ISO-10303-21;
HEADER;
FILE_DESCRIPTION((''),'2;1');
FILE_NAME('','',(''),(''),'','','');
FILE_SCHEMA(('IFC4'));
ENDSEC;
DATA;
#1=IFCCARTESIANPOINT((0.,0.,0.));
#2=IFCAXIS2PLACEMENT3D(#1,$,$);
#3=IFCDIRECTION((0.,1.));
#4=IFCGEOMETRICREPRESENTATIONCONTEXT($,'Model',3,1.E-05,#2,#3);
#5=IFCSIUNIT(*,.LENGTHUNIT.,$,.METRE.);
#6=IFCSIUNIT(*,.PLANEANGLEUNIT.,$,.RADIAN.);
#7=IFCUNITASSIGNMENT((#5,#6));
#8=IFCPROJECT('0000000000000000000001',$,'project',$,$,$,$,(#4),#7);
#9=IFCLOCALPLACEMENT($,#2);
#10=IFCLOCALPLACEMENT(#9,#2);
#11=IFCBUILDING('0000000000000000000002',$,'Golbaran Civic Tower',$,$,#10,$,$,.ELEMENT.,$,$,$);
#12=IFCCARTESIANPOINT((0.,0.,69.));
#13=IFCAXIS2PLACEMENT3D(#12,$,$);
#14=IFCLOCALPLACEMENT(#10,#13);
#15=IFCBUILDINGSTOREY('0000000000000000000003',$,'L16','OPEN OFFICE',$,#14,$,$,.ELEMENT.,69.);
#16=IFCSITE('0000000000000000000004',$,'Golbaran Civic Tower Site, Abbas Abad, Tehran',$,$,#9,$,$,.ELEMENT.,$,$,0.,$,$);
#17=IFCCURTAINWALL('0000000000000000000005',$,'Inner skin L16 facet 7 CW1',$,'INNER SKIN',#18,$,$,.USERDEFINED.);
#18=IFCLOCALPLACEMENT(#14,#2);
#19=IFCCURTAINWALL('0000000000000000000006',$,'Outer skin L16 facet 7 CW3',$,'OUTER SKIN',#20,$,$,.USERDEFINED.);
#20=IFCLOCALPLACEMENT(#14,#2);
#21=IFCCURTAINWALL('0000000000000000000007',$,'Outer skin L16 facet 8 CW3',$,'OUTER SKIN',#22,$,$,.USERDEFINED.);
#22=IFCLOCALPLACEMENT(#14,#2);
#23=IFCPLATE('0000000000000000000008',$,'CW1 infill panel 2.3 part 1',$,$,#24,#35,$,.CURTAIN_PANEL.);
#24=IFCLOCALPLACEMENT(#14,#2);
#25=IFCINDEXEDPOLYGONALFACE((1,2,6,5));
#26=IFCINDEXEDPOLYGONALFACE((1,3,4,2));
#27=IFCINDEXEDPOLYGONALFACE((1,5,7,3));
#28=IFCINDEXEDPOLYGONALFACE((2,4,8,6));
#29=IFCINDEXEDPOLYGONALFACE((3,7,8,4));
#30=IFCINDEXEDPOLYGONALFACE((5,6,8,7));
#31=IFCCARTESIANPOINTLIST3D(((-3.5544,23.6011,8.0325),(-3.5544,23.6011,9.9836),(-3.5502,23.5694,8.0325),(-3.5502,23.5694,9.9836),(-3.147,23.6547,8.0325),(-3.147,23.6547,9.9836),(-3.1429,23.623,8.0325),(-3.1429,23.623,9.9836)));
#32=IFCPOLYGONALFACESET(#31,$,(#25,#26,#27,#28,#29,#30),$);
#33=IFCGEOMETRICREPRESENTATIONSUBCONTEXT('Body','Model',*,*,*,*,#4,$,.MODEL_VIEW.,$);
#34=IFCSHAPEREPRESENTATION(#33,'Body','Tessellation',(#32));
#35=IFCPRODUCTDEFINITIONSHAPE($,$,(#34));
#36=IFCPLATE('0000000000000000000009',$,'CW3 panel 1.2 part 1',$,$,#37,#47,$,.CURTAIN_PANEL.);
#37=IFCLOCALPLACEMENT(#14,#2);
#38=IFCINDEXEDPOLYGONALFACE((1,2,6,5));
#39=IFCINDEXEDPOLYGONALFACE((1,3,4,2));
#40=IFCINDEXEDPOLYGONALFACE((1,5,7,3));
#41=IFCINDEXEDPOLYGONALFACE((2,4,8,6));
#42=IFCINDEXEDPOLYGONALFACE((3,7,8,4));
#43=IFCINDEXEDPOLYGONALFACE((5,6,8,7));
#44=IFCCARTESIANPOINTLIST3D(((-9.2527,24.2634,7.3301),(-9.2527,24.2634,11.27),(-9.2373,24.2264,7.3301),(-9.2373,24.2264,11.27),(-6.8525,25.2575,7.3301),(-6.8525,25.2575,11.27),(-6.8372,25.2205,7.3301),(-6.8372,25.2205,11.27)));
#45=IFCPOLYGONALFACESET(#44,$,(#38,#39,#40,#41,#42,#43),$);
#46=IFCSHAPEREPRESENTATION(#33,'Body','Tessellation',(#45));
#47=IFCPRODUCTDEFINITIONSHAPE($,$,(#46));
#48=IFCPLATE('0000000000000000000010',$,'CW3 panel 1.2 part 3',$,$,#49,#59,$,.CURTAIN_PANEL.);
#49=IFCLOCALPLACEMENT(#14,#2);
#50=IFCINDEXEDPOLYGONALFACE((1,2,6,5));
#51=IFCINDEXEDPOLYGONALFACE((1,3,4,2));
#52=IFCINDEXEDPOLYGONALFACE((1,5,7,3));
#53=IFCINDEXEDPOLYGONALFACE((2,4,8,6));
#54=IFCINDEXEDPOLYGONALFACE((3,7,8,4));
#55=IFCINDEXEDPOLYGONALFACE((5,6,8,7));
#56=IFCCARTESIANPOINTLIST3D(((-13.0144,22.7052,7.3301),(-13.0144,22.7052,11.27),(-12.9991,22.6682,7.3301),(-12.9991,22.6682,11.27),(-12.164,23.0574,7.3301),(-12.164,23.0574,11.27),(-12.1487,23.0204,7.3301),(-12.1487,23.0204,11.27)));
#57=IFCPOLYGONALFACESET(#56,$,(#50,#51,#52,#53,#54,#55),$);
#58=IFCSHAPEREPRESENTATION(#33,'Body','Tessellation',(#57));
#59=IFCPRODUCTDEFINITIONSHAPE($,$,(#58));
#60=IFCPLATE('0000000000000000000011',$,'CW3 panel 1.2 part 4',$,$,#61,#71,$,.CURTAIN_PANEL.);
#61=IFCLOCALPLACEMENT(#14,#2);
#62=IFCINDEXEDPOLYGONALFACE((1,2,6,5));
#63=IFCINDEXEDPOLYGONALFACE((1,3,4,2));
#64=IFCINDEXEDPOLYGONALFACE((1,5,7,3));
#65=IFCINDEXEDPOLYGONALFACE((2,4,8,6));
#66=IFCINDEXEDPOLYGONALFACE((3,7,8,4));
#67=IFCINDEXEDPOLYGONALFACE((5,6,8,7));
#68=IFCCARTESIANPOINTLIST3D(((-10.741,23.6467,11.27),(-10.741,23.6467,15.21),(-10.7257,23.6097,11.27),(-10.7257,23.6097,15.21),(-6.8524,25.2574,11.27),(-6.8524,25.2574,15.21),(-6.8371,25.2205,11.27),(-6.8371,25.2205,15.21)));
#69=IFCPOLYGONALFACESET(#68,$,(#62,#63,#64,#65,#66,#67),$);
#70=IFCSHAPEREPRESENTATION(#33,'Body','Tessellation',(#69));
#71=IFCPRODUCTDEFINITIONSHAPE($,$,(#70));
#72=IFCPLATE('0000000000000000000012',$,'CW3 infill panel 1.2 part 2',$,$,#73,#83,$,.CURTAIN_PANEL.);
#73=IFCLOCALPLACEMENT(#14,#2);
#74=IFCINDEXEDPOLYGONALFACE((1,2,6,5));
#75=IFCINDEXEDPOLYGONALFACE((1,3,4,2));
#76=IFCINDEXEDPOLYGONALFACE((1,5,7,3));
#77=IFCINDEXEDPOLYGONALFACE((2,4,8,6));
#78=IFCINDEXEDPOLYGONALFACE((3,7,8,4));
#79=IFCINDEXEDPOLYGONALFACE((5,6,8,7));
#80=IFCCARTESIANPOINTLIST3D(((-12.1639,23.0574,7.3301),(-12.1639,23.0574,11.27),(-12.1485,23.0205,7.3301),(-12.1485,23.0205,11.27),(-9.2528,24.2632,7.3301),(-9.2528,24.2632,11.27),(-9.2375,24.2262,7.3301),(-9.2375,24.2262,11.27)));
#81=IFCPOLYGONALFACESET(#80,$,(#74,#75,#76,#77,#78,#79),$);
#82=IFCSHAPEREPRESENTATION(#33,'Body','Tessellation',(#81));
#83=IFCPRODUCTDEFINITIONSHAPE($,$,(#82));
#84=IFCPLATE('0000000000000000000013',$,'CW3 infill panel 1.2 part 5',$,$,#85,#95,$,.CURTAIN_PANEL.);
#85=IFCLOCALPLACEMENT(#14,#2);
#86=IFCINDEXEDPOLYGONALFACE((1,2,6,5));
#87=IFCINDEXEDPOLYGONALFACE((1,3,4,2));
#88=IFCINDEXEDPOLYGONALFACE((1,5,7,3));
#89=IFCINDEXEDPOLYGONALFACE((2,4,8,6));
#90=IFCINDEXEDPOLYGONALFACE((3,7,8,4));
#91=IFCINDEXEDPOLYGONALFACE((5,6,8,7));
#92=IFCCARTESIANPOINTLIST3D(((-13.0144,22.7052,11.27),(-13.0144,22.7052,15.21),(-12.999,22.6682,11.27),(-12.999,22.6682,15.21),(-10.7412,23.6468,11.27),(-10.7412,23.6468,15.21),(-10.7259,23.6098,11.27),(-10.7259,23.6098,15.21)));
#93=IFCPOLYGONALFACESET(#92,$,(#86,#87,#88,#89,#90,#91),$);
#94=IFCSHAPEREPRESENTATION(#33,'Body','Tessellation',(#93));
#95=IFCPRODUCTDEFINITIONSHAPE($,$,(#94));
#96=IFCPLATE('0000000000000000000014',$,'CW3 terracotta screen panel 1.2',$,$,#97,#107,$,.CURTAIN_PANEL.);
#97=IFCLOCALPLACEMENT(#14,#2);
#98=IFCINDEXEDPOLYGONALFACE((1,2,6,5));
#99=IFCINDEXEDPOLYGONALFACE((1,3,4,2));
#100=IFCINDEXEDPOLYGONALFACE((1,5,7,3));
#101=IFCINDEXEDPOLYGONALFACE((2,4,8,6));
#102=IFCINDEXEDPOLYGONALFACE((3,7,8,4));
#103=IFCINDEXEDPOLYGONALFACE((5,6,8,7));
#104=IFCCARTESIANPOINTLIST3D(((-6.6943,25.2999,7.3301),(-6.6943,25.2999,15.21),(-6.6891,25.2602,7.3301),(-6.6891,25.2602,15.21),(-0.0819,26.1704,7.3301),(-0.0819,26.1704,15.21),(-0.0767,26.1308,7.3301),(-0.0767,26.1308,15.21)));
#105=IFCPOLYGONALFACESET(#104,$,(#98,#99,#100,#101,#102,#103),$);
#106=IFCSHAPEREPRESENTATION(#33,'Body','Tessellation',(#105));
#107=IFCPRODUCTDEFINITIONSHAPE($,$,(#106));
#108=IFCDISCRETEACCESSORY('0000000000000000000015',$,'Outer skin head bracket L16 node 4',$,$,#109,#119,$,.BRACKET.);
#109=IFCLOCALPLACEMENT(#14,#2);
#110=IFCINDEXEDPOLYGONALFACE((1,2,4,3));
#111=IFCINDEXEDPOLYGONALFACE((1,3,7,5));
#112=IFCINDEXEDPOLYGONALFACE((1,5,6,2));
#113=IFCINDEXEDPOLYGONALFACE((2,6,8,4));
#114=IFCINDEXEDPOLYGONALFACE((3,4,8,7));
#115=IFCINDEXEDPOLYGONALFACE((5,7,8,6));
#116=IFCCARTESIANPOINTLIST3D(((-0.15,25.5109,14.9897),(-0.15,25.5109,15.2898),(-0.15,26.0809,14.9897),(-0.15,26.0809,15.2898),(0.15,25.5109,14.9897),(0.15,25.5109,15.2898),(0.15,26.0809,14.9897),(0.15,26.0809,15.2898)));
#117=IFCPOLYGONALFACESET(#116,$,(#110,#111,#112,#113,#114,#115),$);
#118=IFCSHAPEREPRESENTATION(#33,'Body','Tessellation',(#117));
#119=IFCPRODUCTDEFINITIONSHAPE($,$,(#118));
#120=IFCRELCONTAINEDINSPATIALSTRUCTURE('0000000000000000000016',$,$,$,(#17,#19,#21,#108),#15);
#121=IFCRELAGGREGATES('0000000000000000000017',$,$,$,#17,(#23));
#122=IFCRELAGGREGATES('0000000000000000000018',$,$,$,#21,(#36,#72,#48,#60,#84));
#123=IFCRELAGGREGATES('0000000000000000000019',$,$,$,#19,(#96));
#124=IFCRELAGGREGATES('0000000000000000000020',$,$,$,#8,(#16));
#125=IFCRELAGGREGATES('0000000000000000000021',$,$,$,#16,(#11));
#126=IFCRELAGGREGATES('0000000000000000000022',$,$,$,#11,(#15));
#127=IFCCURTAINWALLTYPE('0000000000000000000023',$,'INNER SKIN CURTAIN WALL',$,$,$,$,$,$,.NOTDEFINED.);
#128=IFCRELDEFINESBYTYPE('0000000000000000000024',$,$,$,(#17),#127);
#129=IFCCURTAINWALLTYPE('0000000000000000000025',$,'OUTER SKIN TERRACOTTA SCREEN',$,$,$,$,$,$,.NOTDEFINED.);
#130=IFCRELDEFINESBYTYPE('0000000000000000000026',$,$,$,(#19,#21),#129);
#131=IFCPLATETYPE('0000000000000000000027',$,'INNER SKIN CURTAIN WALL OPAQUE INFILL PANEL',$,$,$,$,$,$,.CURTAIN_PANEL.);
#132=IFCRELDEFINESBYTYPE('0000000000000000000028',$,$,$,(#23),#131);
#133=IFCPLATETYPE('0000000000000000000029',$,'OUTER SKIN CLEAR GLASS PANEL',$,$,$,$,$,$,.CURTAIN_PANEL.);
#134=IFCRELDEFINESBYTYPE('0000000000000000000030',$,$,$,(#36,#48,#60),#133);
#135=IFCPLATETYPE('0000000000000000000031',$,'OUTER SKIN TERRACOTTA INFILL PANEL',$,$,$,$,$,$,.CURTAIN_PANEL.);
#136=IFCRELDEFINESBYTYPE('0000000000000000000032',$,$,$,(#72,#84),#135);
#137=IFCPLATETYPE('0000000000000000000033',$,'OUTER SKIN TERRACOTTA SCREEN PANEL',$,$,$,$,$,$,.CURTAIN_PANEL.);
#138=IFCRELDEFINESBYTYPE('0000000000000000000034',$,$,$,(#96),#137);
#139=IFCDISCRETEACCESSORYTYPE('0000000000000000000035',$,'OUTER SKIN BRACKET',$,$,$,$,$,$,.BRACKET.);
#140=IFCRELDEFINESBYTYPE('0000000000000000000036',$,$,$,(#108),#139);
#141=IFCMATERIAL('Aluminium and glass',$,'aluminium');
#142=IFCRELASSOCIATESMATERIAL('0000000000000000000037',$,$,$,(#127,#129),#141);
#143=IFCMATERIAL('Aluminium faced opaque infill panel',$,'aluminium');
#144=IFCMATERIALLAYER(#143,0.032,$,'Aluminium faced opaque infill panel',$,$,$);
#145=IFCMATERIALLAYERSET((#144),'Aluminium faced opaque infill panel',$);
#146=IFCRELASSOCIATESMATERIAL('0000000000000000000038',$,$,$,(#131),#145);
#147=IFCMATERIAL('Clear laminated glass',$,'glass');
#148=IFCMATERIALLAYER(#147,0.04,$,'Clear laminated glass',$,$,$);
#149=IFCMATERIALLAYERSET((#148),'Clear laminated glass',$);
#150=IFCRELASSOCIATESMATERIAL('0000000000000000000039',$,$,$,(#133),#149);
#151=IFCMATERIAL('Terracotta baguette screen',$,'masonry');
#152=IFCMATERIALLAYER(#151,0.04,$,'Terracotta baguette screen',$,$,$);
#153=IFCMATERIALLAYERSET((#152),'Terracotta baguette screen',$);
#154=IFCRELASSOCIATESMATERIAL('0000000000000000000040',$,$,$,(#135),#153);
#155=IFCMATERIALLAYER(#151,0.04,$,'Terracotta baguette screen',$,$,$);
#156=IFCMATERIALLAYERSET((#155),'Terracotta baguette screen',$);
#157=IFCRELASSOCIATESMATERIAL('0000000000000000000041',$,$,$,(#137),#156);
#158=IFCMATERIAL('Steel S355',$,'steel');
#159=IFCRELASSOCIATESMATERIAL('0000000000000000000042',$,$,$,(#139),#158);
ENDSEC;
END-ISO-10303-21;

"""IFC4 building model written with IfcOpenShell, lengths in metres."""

from ifc_helpers import new_model, si_unit, direction, frame, origin, origin_2d, place, context, subcontext, project, spatial, rectangle, extrude, material, layer, layer_set, type_object, element, aggregate, save


model = new_model("IFC4")

# Units and contexts
model_context = context("Model", 3, precision=1e-05, world=origin(), true_north=direction((0.0, 1.0)))
body_context = subcontext(model_context, "Body", "Model", "MODEL_VIEW")
ifc_project = project(units=[si_unit("LENGTHUNIT", "METRE"), si_unit("PLANEANGLEUNIT", "RADIAN")], contexts=[model_context])

# Site, building, storey
site_placement = place(None, origin())
site = spatial("IfcSite", under=ifc_project, at=site_placement, Name="Golbaran Civic Tower Site, Abbas Abad, Tehran", CompositionType="ELEMENT", RefElevation=0.0)
building_placement = place(site_placement, origin())
building = spatial("IfcBuilding", under=site, at=building_placement, Name="Golbaran Civic Tower", CompositionType="ELEMENT")
storey_placement = place(building_placement, frame((0.0, 0.0, 69.0)))
storey = spatial("IfcBuildingStorey", under=building, at=storey_placement, Name="L16", Description="OPEN OFFICE", CompositionType="ELEMENT", Elevation=69.0)

# Curtain walls
ifc_material_1 = material(Name="Aluminium and glass", Category="aluminium")
curtain_wall_type_1 = type_object("IfcCurtainWallType", Name="INNER SKIN CURTAIN WALL", PredefinedType="NOTDEFINED", material=ifc_material_1)
curtain_wall_1_placement = place(storey_placement, origin())
curtain_wall_1 = element("IfcCurtainWall", 1, at=curtain_wall_1_placement, inside=storey, type_object=curtain_wall_type_1, Name="Inner skin L16 facet 7 CW1", ObjectType="INNER SKIN", PredefinedType="USERDEFINED")
curtain_wall_type_2 = type_object("IfcCurtainWallType", Name="OUTER SKIN TERRACOTTA SCREEN", PredefinedType="NOTDEFINED", material=ifc_material_1)
curtain_wall_2_placement = place(storey_placement, origin())
curtain_wall_2 = element("IfcCurtainWall", 2, at=curtain_wall_2_placement, inside=storey, type_object=curtain_wall_type_2, Name="Outer skin L16 facet 7 CW3", ObjectType="OUTER SKIN", PredefinedType="USERDEFINED")
curtain_wall_3_placement = place(storey_placement, origin())
curtain_wall_3 = element("IfcCurtainWall", 3, at=curtain_wall_3_placement, inside=storey, type_object=curtain_wall_type_2, Name="Outer skin L16 facet 8 CW3", ObjectType="OUTER SKIN", PredefinedType="USERDEFINED")

# Plates
ifc_material_2 = material(Name="Aluminium faced opaque infill panel", Category="aluminium")
ifc_layer_1 = layer(ifc_material_2, 0.032, Name="Aluminium faced opaque infill panel")
ifc_layer_set_1 = layer_set([ifc_layer_1], Name="Aluminium faced opaque infill panel")
plate_type_1 = type_object("IfcPlateType", Name="INNER SKIN CURTAIN WALL OPAQUE INFILL PANEL", PredefinedType="CURTAIN_PANEL", material=ifc_layer_set_1)
plate_1_placement = place(storey_placement, frame((-3.3486, 23.6121, 8.0325), z_axis=(0.0, 0.0, 1.0), x_axis=(-0.991445, -0.130526, 0.0)))
plate_1 = element("IfcPlate", 4, at=plate_1_placement, type_object=plate_type_1, Name="CW1 infill panel 2.3 part 1", PredefinedType="CURTAIN_PANEL", context=body_context, shape_type="SweptSolid", body=[
    extrude(rectangle(XDim=0.4109, YDim=0.032, at=origin_2d()), origin(), (0.0, 0.0, 1.0), 1.9512),
])
aggregate(curtain_wall_1, [plate_1])
ifc_material_3 = material(Name="Clear laminated glass", Category="glass")
ifc_layer_2 = layer(ifc_material_3, 0.04, Name="Clear laminated glass")
ifc_layer_set_2 = layer_set([ifc_layer_2], Name="Clear laminated glass")
plate_type_2 = type_object("IfcPlateType", Name="OUTER SKIN CLEAR GLASS PANEL", PredefinedType="CURTAIN_PANEL", material=ifc_layer_set_2)
plate_2_placement = place(storey_placement, frame((-8.0449, 24.7419, 7.3301), z_axis=(0.0, 0.0, 1.0), x_axis=(-0.92388, -0.382683, 0.0)))
plate_2 = element("IfcPlate", 5, at=plate_2_placement, type_object=plate_type_2, Name="CW3 panel 1.2 part 1", PredefinedType="CURTAIN_PANEL", context=body_context, shape_type="SweptSolid", body=[
    extrude(rectangle(XDim=2.5979, YDim=0.04, at=origin_2d()), origin(), (0.0, 0.0, 1.0), 3.9399),
])
plate_3_placement = place(storey_placement, frame((-12.5815, 22.8628, 7.3301), z_axis=(0.0, 0.0, 1.0), x_axis=(-0.92388, -0.382683, 0.0)))
plate_3 = element("IfcPlate", 6, at=plate_3_placement, type_object=plate_type_2, Name="CW3 panel 1.2 part 3", PredefinedType="CURTAIN_PANEL", context=body_context, shape_type="SweptSolid", body=[
    extrude(rectangle(XDim=0.9204, YDim=0.04, at=origin_2d()), origin(), (0.0, 0.0, 1.0), 3.9399),
])
plate_4_placement = place(storey_placement, frame((-8.7891, 24.4336, 11.27), z_axis=(0.0, 0.0, 1.0), x_axis=(-0.92388, -0.382683, 0.0)))
plate_4 = element("IfcPlate", 7, at=plate_4_placement, type_object=plate_type_2, Name="CW3 panel 1.2 part 4", PredefinedType="CURTAIN_PANEL", context=body_context, shape_type="SweptSolid", body=[
    extrude(rectangle(XDim=4.209, YDim=0.04, at=origin_2d()), origin(), (0.0, 0.0, 1.0), 3.9399),
])
ifc_material_4 = material(Name="Terracotta baguette screen", Category="masonry")
ifc_layer_3 = layer(ifc_material_4, 0.04, Name="Terracotta baguette screen")
ifc_layer_set_3 = layer_set([ifc_layer_3], Name="Terracotta baguette screen")
plate_type_3 = type_object("IfcPlateType", Name="OUTER SKIN TERRACOTTA INFILL PANEL", PredefinedType="CURTAIN_PANEL", material=ifc_layer_set_3)
plate_5_placement = place(storey_placement, frame((-10.7007, 23.6418, 7.3301), z_axis=(0.0, 0.0, 1.0), x_axis=(-0.92388, -0.382683, 0.0)))
plate_5 = element("IfcPlate", 8, at=plate_5_placement, type_object=plate_type_3, Name="CW3 infill panel 1.2 part 2", PredefinedType="CURTAIN_PANEL", context=body_context, shape_type="SweptSolid", body=[
    extrude(rectangle(XDim=3.1509, YDim=0.04, at=origin_2d()), origin(), (0.0, 0.0, 1.0), 3.9399),
])
plate_6_placement = place(storey_placement, frame((-11.8701, 23.1575, 11.27), z_axis=(0.0, 0.0, 1.0), x_axis=(-0.92388, -0.382683, 0.0)))
plate_6 = element("IfcPlate", 9, at=plate_6_placement, type_object=plate_type_3, Name="CW3 infill panel 1.2 part 5", PredefinedType="CURTAIN_PANEL", context=body_context, shape_type="SweptSolid", body=[
    extrude(rectangle(XDim=2.4604, YDim=0.04, at=origin_2d()), origin(), (0.0, 0.0, 1.0), 3.9399),
])
aggregate(curtain_wall_3, [plate_2, plate_5, plate_3, plate_4, plate_6])
ifc_layer_4 = layer(ifc_material_4, 0.04, Name="Terracotta baguette screen")
ifc_layer_set_4 = layer_set([ifc_layer_4], Name="Terracotta baguette screen")
plate_type_4 = type_object("IfcPlateType", Name="OUTER SKIN TERRACOTTA SCREEN PANEL", PredefinedType="CURTAIN_PANEL", material=ifc_layer_set_4)
plate_7_placement = place(storey_placement, frame((-3.3855, 25.7153, 7.3301), z_axis=(0.0, 0.0, 1.0), x_axis=(-0.991445, -0.130526, 0.0)))
plate_7 = element("IfcPlate", 10, at=plate_7_placement, type_object=plate_type_4, Name="CW3 terracotta screen panel 1.2", PredefinedType="CURTAIN_PANEL", context=body_context, shape_type="SweptSolid", body=[
    extrude(rectangle(XDim=6.6694, YDim=0.04, at=origin_2d()), origin(), (0.0, 0.0, 1.0), 7.8799),
])
aggregate(curtain_wall_2, [plate_7])

# Discrete accessory
ifc_material_5 = material(Name="Steel S355", Category="steel")
discrete_accessory_type = type_object("IfcDiscreteAccessoryType", Name="OUTER SKIN BRACKET", PredefinedType="BRACKET", material=ifc_material_5)
discrete_accessory_placement = place(storey_placement, frame((0.0, 25.7959, 14.9897), z_axis=(0.0, 0.0, 1.0), x_axis=(0.0, 1.0, 0.0)))
element("IfcDiscreteAccessory", 11, at=discrete_accessory_placement, inside=storey, type_object=discrete_accessory_type, Name="Outer skin head bracket L16 node 4", PredefinedType="BRACKET", context=body_context, shape_type="SweptSolid", body=[
    extrude(rectangle(XDim=0.5701, YDim=0.3, at=origin_2d()), origin(), (0.0, 0.0, 1.0), 0.3),
])

save(model, "model.ifc")
